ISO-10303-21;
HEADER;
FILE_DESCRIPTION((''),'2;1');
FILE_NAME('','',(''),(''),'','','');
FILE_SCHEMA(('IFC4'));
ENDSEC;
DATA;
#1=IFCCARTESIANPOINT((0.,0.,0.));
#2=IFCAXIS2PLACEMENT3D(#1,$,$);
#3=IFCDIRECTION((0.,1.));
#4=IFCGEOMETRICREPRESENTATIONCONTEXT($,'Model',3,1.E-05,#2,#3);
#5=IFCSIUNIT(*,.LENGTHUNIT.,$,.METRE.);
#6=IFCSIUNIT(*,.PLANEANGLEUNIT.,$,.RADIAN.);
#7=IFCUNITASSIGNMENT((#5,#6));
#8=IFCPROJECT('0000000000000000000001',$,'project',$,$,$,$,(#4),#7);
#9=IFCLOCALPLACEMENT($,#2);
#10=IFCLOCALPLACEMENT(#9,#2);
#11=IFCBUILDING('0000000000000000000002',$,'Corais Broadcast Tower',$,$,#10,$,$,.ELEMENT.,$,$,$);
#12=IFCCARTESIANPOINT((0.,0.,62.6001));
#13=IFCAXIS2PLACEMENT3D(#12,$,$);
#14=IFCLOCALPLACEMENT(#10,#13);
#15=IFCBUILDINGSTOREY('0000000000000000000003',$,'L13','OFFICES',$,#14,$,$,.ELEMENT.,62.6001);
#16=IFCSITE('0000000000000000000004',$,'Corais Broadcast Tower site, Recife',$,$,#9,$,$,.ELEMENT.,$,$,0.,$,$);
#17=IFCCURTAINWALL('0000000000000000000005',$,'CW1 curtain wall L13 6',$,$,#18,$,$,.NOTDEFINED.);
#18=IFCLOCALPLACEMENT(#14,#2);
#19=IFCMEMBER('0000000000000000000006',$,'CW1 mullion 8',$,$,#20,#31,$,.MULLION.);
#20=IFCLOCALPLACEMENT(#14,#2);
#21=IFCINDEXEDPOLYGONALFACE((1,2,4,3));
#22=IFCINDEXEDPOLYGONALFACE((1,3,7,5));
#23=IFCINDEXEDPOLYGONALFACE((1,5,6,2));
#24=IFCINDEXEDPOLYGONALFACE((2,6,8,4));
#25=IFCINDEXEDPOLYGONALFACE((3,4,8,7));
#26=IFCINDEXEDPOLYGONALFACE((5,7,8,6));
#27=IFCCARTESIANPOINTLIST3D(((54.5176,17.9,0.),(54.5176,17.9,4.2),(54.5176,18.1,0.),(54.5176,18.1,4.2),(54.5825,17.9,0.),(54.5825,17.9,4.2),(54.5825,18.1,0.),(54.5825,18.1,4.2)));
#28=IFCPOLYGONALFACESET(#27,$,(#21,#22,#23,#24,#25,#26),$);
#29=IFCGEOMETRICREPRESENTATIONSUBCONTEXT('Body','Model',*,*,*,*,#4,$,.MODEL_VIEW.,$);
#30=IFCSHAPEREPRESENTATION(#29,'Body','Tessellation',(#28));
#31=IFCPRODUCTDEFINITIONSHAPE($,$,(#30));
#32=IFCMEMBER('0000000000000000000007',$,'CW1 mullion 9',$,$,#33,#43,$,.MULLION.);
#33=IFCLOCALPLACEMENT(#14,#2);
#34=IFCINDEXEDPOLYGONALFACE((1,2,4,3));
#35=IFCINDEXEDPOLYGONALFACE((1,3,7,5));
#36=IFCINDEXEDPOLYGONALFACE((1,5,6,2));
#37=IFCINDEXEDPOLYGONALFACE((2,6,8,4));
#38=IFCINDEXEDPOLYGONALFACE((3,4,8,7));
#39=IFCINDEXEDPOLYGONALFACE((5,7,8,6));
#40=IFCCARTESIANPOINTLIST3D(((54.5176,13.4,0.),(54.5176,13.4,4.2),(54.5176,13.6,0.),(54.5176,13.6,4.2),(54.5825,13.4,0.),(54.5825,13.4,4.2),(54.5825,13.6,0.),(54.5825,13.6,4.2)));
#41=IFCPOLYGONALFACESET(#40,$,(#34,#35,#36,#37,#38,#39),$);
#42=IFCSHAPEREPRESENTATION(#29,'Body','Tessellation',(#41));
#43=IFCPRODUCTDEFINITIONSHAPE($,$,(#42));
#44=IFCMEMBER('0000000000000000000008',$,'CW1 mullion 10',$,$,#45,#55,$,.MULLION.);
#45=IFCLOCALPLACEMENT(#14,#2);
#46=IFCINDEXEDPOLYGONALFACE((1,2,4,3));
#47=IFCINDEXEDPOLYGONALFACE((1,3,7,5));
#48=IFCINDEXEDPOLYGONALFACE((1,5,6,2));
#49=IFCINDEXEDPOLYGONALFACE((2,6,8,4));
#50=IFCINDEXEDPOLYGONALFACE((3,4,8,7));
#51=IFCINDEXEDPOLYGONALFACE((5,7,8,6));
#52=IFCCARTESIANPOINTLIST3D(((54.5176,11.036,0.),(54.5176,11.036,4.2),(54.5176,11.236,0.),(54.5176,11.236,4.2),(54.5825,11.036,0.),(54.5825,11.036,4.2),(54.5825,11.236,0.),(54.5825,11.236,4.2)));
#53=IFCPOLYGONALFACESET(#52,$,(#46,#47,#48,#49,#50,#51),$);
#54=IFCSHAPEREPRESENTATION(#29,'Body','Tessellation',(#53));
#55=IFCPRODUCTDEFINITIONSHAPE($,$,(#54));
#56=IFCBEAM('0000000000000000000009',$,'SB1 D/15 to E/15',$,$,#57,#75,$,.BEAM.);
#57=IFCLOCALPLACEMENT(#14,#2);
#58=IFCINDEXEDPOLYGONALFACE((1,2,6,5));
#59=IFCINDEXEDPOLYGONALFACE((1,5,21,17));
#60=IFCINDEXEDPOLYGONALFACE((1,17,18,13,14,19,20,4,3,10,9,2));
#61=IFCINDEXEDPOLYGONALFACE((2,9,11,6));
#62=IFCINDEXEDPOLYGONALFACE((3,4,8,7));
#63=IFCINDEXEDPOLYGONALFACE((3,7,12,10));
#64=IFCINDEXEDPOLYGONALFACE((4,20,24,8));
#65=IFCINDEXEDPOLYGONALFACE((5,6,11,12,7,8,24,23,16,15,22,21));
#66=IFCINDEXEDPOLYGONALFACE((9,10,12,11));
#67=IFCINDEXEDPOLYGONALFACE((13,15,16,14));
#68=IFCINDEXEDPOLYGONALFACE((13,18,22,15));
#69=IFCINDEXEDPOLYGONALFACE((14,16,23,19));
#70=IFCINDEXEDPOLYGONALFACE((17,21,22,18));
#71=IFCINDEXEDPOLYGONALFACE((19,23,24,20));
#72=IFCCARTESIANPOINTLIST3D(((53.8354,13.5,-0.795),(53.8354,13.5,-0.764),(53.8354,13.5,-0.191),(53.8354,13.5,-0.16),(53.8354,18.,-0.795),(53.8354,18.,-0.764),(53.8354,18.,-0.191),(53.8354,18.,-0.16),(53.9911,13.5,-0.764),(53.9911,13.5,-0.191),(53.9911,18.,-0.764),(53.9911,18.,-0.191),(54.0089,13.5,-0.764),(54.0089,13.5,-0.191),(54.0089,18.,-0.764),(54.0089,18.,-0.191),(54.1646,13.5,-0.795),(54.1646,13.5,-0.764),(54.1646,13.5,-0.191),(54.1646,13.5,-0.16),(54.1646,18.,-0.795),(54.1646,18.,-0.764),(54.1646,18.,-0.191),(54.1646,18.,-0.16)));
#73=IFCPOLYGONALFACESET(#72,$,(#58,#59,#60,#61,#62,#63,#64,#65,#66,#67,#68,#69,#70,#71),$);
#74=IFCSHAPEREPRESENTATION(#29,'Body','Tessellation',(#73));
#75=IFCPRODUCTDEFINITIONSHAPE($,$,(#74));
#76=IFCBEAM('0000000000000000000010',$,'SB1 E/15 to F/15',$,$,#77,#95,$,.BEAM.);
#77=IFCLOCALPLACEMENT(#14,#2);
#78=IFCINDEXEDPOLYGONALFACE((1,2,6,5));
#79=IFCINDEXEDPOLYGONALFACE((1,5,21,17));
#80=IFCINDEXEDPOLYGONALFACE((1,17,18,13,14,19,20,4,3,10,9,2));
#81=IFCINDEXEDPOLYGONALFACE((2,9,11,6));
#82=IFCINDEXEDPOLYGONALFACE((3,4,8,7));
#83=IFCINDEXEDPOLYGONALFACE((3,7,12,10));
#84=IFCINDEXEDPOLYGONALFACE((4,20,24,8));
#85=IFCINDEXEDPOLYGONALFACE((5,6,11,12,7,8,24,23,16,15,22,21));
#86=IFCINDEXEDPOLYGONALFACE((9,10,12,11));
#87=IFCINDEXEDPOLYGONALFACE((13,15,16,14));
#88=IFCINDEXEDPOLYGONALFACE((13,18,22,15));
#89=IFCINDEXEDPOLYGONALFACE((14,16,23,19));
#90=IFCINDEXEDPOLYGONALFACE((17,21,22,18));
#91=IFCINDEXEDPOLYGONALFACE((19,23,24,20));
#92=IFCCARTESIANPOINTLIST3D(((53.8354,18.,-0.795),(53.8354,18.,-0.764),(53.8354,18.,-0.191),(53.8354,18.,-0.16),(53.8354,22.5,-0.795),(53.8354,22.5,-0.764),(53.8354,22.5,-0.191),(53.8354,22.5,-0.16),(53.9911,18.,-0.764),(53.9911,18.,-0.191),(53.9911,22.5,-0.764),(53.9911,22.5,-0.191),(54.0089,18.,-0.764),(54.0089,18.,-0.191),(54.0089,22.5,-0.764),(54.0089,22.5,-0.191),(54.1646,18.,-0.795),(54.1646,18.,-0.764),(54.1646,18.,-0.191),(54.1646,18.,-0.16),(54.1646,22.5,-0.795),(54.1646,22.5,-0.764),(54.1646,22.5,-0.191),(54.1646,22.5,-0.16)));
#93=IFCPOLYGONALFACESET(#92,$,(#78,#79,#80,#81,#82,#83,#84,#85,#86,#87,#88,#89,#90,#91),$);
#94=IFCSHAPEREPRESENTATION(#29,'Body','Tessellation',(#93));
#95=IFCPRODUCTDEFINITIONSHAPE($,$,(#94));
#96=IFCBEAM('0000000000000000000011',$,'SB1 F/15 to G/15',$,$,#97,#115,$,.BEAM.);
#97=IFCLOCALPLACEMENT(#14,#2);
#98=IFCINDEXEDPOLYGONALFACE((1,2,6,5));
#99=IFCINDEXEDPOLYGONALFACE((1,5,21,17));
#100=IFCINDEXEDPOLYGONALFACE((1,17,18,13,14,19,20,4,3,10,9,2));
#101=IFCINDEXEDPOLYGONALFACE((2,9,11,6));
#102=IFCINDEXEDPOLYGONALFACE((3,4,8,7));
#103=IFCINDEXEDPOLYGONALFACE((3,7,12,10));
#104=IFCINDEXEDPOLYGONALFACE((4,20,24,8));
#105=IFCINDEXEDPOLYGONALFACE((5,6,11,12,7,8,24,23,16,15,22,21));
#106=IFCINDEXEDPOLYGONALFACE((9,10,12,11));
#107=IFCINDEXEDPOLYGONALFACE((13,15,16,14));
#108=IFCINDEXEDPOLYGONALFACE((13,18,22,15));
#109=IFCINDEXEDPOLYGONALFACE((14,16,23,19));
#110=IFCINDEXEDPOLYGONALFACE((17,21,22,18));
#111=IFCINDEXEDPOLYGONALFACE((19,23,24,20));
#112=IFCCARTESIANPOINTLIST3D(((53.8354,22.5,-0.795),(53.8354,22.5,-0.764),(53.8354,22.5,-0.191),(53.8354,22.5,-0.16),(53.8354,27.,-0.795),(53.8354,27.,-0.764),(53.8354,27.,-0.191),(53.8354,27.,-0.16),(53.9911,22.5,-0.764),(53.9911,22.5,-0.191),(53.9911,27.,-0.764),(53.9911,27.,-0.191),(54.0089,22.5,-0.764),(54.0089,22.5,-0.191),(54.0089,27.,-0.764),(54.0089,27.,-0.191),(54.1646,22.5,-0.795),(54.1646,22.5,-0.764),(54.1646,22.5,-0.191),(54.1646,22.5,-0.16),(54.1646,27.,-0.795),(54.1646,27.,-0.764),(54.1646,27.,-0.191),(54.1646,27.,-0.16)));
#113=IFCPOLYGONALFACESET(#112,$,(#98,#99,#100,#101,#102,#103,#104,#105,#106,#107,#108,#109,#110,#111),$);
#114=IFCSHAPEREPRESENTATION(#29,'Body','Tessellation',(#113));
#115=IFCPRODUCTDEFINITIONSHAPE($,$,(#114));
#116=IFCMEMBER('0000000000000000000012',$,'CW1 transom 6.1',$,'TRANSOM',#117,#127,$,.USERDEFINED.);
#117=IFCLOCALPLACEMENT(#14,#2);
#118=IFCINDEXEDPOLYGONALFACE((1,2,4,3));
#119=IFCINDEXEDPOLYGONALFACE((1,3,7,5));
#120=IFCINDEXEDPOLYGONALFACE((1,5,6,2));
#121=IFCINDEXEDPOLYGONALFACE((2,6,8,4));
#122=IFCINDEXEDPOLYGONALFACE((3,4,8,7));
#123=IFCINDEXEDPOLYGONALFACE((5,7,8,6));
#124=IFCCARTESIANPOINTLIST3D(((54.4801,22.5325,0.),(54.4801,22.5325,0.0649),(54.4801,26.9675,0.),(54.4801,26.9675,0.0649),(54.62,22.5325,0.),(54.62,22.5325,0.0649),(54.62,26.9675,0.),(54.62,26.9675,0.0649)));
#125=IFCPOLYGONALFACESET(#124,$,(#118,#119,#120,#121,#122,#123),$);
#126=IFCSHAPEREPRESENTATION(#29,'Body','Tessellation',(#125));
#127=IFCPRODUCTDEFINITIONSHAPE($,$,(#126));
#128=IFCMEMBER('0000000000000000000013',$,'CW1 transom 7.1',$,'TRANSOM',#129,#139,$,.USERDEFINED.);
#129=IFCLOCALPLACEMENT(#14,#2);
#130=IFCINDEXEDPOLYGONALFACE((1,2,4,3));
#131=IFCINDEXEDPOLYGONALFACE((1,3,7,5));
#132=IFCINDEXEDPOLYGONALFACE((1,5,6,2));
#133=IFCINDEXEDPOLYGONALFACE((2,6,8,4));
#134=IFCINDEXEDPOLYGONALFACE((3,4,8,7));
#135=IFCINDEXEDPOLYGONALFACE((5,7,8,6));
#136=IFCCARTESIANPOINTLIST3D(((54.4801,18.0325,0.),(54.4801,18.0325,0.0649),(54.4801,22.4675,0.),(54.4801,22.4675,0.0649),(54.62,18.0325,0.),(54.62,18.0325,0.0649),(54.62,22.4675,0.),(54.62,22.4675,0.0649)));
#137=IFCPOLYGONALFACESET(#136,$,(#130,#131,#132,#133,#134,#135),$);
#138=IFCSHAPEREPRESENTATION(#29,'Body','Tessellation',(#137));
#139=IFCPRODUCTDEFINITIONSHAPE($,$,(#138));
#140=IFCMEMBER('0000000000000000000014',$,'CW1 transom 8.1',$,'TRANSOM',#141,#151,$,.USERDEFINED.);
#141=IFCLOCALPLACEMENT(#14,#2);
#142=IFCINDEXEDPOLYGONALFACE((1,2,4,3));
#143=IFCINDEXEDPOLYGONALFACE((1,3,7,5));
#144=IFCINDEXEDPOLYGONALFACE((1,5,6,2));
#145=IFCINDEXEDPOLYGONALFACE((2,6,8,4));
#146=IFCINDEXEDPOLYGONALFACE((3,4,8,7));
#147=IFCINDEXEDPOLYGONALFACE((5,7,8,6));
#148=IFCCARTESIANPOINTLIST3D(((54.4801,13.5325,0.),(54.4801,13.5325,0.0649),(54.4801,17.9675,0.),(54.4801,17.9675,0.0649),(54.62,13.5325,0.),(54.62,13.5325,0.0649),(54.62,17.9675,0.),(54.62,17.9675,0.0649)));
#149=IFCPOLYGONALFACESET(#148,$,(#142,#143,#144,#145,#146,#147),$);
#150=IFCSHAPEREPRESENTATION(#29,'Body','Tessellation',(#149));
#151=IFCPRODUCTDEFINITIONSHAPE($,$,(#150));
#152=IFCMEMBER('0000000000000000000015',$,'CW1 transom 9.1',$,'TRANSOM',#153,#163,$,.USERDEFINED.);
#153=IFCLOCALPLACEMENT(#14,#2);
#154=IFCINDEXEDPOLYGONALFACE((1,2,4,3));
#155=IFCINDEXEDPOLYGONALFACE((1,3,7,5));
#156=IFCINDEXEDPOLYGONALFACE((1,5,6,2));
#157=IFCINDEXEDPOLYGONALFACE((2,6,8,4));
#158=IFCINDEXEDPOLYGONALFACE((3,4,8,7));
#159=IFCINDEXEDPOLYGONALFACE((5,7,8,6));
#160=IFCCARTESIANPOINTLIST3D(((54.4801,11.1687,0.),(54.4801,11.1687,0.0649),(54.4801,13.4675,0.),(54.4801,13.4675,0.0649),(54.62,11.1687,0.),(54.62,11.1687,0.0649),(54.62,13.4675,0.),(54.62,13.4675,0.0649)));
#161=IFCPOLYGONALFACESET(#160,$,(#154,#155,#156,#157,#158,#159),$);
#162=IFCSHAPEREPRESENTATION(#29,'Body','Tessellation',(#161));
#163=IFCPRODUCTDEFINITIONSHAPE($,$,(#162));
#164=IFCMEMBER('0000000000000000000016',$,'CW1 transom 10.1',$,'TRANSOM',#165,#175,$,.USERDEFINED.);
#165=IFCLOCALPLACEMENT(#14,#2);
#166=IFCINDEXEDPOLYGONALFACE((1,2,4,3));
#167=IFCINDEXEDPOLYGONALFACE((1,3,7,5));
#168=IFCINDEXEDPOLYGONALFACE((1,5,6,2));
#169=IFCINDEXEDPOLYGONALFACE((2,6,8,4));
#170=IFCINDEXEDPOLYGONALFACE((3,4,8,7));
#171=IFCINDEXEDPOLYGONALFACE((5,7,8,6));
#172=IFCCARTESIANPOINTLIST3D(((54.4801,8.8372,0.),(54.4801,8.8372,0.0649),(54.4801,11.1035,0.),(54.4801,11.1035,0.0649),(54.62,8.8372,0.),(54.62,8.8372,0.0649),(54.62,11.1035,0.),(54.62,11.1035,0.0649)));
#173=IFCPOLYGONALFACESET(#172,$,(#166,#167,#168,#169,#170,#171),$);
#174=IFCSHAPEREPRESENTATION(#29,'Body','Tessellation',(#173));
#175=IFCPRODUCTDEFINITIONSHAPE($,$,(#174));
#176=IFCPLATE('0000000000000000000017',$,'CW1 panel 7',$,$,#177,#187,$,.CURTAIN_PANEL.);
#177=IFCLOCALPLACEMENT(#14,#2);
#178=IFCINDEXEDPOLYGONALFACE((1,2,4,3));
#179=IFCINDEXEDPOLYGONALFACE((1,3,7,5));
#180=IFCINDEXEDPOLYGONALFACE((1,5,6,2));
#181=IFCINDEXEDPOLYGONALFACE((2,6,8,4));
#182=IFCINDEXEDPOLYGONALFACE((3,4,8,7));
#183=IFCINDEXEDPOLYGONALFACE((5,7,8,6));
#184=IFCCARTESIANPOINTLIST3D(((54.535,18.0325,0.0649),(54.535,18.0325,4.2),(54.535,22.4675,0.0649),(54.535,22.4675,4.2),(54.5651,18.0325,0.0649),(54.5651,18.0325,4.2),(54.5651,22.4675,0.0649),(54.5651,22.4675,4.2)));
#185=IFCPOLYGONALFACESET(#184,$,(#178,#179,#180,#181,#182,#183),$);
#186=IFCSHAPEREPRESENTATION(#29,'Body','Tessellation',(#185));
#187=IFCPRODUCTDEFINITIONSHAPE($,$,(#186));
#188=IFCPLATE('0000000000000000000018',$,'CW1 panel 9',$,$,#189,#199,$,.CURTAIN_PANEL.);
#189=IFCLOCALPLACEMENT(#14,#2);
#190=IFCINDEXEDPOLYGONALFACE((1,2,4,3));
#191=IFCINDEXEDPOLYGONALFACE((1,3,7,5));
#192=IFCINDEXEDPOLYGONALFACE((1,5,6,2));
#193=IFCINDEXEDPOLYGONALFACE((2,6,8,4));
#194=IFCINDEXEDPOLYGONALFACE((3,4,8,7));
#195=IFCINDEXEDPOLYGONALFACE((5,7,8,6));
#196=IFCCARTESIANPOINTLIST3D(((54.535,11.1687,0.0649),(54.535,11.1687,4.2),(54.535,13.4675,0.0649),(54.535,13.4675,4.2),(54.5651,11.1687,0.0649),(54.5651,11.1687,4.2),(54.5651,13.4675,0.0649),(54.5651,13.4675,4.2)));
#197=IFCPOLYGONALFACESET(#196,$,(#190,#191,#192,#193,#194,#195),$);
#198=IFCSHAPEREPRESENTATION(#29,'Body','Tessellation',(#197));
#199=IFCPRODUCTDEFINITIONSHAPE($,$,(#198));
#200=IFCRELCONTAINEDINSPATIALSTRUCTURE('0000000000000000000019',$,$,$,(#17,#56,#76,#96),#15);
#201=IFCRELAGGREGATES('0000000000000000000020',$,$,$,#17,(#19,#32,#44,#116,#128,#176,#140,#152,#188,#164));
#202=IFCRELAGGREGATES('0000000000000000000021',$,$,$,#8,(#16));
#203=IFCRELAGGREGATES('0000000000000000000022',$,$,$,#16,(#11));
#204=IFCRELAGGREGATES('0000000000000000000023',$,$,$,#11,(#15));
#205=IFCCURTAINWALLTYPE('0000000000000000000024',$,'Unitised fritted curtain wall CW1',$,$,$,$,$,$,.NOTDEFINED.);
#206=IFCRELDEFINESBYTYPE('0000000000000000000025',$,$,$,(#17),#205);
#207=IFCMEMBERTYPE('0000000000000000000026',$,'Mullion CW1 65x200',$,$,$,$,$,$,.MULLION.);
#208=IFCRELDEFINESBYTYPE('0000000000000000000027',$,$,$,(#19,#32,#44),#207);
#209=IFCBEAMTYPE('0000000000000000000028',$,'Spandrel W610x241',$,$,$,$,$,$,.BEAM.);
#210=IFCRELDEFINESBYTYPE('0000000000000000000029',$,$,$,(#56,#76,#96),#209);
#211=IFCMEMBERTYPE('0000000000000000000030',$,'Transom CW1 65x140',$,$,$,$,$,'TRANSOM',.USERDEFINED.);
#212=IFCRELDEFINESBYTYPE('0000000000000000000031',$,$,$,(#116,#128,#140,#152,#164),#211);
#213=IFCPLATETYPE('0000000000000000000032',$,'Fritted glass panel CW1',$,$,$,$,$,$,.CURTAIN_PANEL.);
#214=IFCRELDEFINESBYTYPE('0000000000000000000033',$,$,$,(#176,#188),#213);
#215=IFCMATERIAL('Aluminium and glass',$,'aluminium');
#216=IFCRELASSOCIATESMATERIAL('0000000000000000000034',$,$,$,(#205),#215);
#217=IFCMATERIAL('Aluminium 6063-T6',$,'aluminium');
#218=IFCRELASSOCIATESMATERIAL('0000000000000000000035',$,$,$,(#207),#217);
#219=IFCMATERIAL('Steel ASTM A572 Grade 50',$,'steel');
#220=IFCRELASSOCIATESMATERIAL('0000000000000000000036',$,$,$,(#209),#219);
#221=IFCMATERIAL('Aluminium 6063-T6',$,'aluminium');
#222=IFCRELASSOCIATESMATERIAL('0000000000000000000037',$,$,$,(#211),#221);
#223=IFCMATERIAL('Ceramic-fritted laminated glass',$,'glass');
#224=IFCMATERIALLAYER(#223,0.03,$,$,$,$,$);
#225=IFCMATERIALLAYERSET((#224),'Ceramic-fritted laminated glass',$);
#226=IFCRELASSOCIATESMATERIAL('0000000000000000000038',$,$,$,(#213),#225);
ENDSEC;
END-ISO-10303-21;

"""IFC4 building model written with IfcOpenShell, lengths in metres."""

from ifc_helpers import new_model, si_unit, direction, frame, origin, origin_2d, place, context, subcontext, project, spatial, rectangle, i_section, extrude, material, layer, layer_set, material_profile, profile_set, type_object, element, aggregate, save


model = new_model("IFC4")

# Units and contexts
model_context = context("Model", 3, precision=1e-05, world=origin(), true_north=direction((0.0, 1.0)))
body_context = subcontext(model_context, "Body", "Model", "MODEL_VIEW")
ifc_project = project(units=[si_unit("LENGTHUNIT", "METRE"), si_unit("PLANEANGLEUNIT", "RADIAN")], contexts=[model_context])

# Site, building, storey
site_placement = place(None, origin())
site = spatial("IfcSite", under=ifc_project, at=site_placement, Name="Corais Broadcast Tower site, Recife", CompositionType="ELEMENT", RefElevation=0.0)
building_placement = place(site_placement, origin())
building = spatial("IfcBuilding", under=site, at=building_placement, Name="Corais Broadcast Tower", CompositionType="ELEMENT")
storey_placement = place(building_placement, frame((0.0, 0.0, 62.6001)))
storey = spatial("IfcBuildingStorey", under=building, at=storey_placement, Name="L13", Description="OFFICES", CompositionType="ELEMENT", Elevation=62.6001)

# Curtain wall, members
ifc_material_1 = material(Name="Aluminium and glass", Category="aluminium")
curtain_wall_type = type_object("IfcCurtainWallType", Name="Unitised fritted curtain wall CW1", PredefinedType="NOTDEFINED", material=ifc_material_1)
curtain_wall_placement = place(storey_placement, origin())
curtain_wall = element("IfcCurtainWall", 1, at=curtain_wall_placement, inside=storey, type_object=curtain_wall_type, Name="CW1 curtain wall L13 6", PredefinedType="NOTDEFINED")
ifc_material_2 = material(Name="Aluminium 6063-T6", Category="aluminium")
ifc_material_profile_1 = material_profile(ifc_material_2, rectangle(XDim=0.0649, YDim=0.2, at=origin_2d()), Name="Mullion CW1 65x200")
ifc_profile_set_1 = profile_set([ifc_material_profile_1], Name="Aluminium 6063-T6")
member_type_1 = type_object("IfcMemberType", Name="Mullion CW1 65x200", PredefinedType="MULLION", material=ifc_profile_set_1)
member_1_placement = place(storey_placement, frame((54.55, 18.0, 0.0), z_axis=(0.0, 0.0, 1.0), x_axis=(1.0, 0.0, 0.0)))
member_1 = element("IfcMember", 2, at=member_1_placement, type_object=member_type_1, Name="CW1 mullion 8", PredefinedType="MULLION", context=body_context, shape_type="SweptSolid", body=[
    extrude(rectangle(XDim=0.0649, YDim=0.2, at=origin_2d()), origin(), (0.0, 0.0, 1.0), 4.2),
])
member_2_placement = place(storey_placement, frame((54.55, 13.5, 0.0), z_axis=(0.0, 0.0, 1.0), x_axis=(1.0, 0.0, 0.0)))
member_2 = element("IfcMember", 3, at=member_2_placement, type_object=member_type_1, Name="CW1 mullion 9", PredefinedType="MULLION", context=body_context, shape_type="SweptSolid", body=[
    extrude(rectangle(XDim=0.0649, YDim=0.2, at=origin_2d()), origin(), (0.0, 0.0, 1.0), 4.2),
])
member_3_placement = place(storey_placement, frame((54.55, 11.136, 0.0), z_axis=(0.0, 0.0, 1.0), x_axis=(1.0, 0.0, 0.0)))
member_3 = element("IfcMember", 4, at=member_3_placement, type_object=member_type_1, Name="CW1 mullion 10", PredefinedType="MULLION", context=body_context, shape_type="SweptSolid", body=[
    extrude(rectangle(XDim=0.0649, YDim=0.2, at=origin_2d()), origin(), (0.0, 0.0, 1.0), 4.2),
])

# Beams
ifc_material_3 = material(Name="Steel ASTM A572 Grade 50", Category="steel")
ifc_material_profile_2 = material_profile(ifc_material_3, i_section(OverallWidth=0.3291, OverallDepth=0.635, WebThickness=0.0178, FlangeThickness=0.031, at=origin_2d()), Name="W610x241")
ifc_profile_set_2 = profile_set([ifc_material_profile_2], Name="Steel ASTM A572 Grade 50")
beam_type_1 = type_object("IfcBeamType", Name="Spandrel W610x241", PredefinedType="BEAM", material=ifc_profile_set_2)
for number, where, z_axis, x_axis, name in (
    (5, (54.0, 13.5, -0.4775), (0.0, 1.0, 0.0), (-1.0, 0.0, 0.0), "SB1 D/15 to E/15"),
    (6, (54.0, 18.0, -0.4775), (0.0, 1.0, 0.0), (-1.0, 0.0, 0.0), "SB1 E/15 to F/15"),
    (7, (54.0, 22.5, -0.4775), (0.0, 1.0, 0.0), (-1.0, 0.0, 0.0), "SB1 F/15 to G/15"),
):
    element("IfcBeam", number, at=place(storey_placement, frame(where, z_axis=z_axis, x_axis=x_axis)), inside=storey, type_object=beam_type_1, Name=name, PredefinedType="BEAM", context=body_context, shape_type="SweptSolid", body=[
        extrude(i_section(OverallWidth=0.3291, OverallDepth=0.635, WebThickness=0.0178, FlangeThickness=0.031, at=origin_2d()), origin(), (0.0, 0.0, 1.0), 4.5),
    ])

# Members
ifc_material_4 = material(Name="Aluminium 6063-T6", Category="aluminium")
ifc_material_profile_3 = material_profile(ifc_material_4, rectangle(XDim=0.1399, YDim=0.0649, at=origin_2d()), Name="Transom CW1 65x140")
ifc_profile_set_3 = profile_set([ifc_material_profile_3], Name="Aluminium 6063-T6")
member_type_2 = type_object("IfcMemberType", Name="Transom CW1 65x140", ElementType="TRANSOM", PredefinedType="USERDEFINED", material=ifc_profile_set_3)
member_4_placement = place(storey_placement, frame((54.55, 26.9675, 0.0325), z_axis=(0.0, -1.0, 0.0), x_axis=(1.0, 0.0, 0.0)))
member_4 = element("IfcMember", 8, at=member_4_placement, type_object=member_type_2, Name="CW1 transom 6.1", ObjectType="TRANSOM", PredefinedType="USERDEFINED", context=body_context, shape_type="SweptSolid", body=[
    extrude(rectangle(XDim=0.1399, YDim=0.0649, at=origin_2d()), origin(), (0.0, 0.0, 1.0), 4.4351),
])
member_5_placement = place(storey_placement, frame((54.55, 22.4675, 0.0325), z_axis=(0.0, -1.0, 0.0), x_axis=(1.0, 0.0, 0.0)))
member_5 = element("IfcMember", 9, at=member_5_placement, type_object=member_type_2, Name="CW1 transom 7.1", ObjectType="TRANSOM", PredefinedType="USERDEFINED", context=body_context, shape_type="SweptSolid", body=[
    extrude(rectangle(XDim=0.1399, YDim=0.0649, at=origin_2d()), origin(), (0.0, 0.0, 1.0), 4.4351),
])
member_6_placement = place(storey_placement, frame((54.55, 17.9675, 0.0325), z_axis=(0.0, -1.0, 0.0), x_axis=(1.0, 0.0, 0.0)))
member_6 = element("IfcMember", 10, at=member_6_placement, type_object=member_type_2, Name="CW1 transom 8.1", ObjectType="TRANSOM", PredefinedType="USERDEFINED", context=body_context, shape_type="SweptSolid", body=[
    extrude(rectangle(XDim=0.1399, YDim=0.0649, at=origin_2d()), origin(), (0.0, 0.0, 1.0), 4.4351),
])
member_7_placement = place(storey_placement, frame((54.55, 13.4675, 0.0325), z_axis=(0.0, -1.0, 0.0), x_axis=(1.0, 0.0, 0.0)))
member_7 = element("IfcMember", 11, at=member_7_placement, type_object=member_type_2, Name="CW1 transom 9.1", ObjectType="TRANSOM", PredefinedType="USERDEFINED", context=body_context, shape_type="SweptSolid", body=[
    extrude(rectangle(XDim=0.1399, YDim=0.0649, at=origin_2d()), origin(), (0.0, 0.0, 1.0), 2.2988),
])
member_8_placement = place(storey_placement, frame((54.55, 11.1035, 0.0325), z_axis=(0.0, -1.0, 0.0), x_axis=(1.0, 0.0, 0.0)))
member_8 = element("IfcMember", 12, at=member_8_placement, type_object=member_type_2, Name="CW1 transom 10.1", ObjectType="TRANSOM", PredefinedType="USERDEFINED", context=body_context, shape_type="SweptSolid", body=[
    extrude(rectangle(XDim=0.1399, YDim=0.0649, at=origin_2d()), origin(), (0.0, 0.0, 1.0), 2.2664),
])

# Plates
ifc_material_5 = material(Name="Ceramic-fritted laminated glass", Category="glass")
ifc_layer_1 = layer(ifc_material_5, 0.03)
ifc_layer_set_1 = layer_set([ifc_layer_1], Name="Ceramic-fritted laminated glass")
plate_type_1 = type_object("IfcPlateType", Name="Fritted glass panel CW1", PredefinedType="CURTAIN_PANEL", material=ifc_layer_set_1)
plate_1_placement = place(storey_placement, frame((54.55, 20.25, 0.0649), z_axis=(0.0, 0.0, 1.0), x_axis=(0.0, -1.0, 0.0)))
plate_1 = element("IfcPlate", 13, at=plate_1_placement, type_object=plate_type_1, Name="CW1 panel 7", PredefinedType="CURTAIN_PANEL", context=body_context, shape_type="SweptSolid", body=[
    extrude(rectangle(XDim=4.4351, YDim=0.03, at=origin_2d()), origin(), (0.0, 0.0, 1.0), 4.135),
])
plate_2_placement = place(storey_placement, frame((54.55, 12.3181, 0.0649), z_axis=(0.0, 0.0, 1.0), x_axis=(0.0, -1.0, 0.0)))
plate_2 = element("IfcPlate", 14, at=plate_2_placement, type_object=plate_type_1, Name="CW1 panel 9", PredefinedType="CURTAIN_PANEL", context=body_context, shape_type="SweptSolid", body=[
    extrude(rectangle(XDim=2.2988, YDim=0.03, at=origin_2d()), origin(), (0.0, 0.0, 1.0), 4.135),
])
aggregate(curtain_wall, [member_1, member_2, member_3, member_4, member_5, plate_1, member_6, member_7, plate_2, member_8])

save(model, "model.ifc")
